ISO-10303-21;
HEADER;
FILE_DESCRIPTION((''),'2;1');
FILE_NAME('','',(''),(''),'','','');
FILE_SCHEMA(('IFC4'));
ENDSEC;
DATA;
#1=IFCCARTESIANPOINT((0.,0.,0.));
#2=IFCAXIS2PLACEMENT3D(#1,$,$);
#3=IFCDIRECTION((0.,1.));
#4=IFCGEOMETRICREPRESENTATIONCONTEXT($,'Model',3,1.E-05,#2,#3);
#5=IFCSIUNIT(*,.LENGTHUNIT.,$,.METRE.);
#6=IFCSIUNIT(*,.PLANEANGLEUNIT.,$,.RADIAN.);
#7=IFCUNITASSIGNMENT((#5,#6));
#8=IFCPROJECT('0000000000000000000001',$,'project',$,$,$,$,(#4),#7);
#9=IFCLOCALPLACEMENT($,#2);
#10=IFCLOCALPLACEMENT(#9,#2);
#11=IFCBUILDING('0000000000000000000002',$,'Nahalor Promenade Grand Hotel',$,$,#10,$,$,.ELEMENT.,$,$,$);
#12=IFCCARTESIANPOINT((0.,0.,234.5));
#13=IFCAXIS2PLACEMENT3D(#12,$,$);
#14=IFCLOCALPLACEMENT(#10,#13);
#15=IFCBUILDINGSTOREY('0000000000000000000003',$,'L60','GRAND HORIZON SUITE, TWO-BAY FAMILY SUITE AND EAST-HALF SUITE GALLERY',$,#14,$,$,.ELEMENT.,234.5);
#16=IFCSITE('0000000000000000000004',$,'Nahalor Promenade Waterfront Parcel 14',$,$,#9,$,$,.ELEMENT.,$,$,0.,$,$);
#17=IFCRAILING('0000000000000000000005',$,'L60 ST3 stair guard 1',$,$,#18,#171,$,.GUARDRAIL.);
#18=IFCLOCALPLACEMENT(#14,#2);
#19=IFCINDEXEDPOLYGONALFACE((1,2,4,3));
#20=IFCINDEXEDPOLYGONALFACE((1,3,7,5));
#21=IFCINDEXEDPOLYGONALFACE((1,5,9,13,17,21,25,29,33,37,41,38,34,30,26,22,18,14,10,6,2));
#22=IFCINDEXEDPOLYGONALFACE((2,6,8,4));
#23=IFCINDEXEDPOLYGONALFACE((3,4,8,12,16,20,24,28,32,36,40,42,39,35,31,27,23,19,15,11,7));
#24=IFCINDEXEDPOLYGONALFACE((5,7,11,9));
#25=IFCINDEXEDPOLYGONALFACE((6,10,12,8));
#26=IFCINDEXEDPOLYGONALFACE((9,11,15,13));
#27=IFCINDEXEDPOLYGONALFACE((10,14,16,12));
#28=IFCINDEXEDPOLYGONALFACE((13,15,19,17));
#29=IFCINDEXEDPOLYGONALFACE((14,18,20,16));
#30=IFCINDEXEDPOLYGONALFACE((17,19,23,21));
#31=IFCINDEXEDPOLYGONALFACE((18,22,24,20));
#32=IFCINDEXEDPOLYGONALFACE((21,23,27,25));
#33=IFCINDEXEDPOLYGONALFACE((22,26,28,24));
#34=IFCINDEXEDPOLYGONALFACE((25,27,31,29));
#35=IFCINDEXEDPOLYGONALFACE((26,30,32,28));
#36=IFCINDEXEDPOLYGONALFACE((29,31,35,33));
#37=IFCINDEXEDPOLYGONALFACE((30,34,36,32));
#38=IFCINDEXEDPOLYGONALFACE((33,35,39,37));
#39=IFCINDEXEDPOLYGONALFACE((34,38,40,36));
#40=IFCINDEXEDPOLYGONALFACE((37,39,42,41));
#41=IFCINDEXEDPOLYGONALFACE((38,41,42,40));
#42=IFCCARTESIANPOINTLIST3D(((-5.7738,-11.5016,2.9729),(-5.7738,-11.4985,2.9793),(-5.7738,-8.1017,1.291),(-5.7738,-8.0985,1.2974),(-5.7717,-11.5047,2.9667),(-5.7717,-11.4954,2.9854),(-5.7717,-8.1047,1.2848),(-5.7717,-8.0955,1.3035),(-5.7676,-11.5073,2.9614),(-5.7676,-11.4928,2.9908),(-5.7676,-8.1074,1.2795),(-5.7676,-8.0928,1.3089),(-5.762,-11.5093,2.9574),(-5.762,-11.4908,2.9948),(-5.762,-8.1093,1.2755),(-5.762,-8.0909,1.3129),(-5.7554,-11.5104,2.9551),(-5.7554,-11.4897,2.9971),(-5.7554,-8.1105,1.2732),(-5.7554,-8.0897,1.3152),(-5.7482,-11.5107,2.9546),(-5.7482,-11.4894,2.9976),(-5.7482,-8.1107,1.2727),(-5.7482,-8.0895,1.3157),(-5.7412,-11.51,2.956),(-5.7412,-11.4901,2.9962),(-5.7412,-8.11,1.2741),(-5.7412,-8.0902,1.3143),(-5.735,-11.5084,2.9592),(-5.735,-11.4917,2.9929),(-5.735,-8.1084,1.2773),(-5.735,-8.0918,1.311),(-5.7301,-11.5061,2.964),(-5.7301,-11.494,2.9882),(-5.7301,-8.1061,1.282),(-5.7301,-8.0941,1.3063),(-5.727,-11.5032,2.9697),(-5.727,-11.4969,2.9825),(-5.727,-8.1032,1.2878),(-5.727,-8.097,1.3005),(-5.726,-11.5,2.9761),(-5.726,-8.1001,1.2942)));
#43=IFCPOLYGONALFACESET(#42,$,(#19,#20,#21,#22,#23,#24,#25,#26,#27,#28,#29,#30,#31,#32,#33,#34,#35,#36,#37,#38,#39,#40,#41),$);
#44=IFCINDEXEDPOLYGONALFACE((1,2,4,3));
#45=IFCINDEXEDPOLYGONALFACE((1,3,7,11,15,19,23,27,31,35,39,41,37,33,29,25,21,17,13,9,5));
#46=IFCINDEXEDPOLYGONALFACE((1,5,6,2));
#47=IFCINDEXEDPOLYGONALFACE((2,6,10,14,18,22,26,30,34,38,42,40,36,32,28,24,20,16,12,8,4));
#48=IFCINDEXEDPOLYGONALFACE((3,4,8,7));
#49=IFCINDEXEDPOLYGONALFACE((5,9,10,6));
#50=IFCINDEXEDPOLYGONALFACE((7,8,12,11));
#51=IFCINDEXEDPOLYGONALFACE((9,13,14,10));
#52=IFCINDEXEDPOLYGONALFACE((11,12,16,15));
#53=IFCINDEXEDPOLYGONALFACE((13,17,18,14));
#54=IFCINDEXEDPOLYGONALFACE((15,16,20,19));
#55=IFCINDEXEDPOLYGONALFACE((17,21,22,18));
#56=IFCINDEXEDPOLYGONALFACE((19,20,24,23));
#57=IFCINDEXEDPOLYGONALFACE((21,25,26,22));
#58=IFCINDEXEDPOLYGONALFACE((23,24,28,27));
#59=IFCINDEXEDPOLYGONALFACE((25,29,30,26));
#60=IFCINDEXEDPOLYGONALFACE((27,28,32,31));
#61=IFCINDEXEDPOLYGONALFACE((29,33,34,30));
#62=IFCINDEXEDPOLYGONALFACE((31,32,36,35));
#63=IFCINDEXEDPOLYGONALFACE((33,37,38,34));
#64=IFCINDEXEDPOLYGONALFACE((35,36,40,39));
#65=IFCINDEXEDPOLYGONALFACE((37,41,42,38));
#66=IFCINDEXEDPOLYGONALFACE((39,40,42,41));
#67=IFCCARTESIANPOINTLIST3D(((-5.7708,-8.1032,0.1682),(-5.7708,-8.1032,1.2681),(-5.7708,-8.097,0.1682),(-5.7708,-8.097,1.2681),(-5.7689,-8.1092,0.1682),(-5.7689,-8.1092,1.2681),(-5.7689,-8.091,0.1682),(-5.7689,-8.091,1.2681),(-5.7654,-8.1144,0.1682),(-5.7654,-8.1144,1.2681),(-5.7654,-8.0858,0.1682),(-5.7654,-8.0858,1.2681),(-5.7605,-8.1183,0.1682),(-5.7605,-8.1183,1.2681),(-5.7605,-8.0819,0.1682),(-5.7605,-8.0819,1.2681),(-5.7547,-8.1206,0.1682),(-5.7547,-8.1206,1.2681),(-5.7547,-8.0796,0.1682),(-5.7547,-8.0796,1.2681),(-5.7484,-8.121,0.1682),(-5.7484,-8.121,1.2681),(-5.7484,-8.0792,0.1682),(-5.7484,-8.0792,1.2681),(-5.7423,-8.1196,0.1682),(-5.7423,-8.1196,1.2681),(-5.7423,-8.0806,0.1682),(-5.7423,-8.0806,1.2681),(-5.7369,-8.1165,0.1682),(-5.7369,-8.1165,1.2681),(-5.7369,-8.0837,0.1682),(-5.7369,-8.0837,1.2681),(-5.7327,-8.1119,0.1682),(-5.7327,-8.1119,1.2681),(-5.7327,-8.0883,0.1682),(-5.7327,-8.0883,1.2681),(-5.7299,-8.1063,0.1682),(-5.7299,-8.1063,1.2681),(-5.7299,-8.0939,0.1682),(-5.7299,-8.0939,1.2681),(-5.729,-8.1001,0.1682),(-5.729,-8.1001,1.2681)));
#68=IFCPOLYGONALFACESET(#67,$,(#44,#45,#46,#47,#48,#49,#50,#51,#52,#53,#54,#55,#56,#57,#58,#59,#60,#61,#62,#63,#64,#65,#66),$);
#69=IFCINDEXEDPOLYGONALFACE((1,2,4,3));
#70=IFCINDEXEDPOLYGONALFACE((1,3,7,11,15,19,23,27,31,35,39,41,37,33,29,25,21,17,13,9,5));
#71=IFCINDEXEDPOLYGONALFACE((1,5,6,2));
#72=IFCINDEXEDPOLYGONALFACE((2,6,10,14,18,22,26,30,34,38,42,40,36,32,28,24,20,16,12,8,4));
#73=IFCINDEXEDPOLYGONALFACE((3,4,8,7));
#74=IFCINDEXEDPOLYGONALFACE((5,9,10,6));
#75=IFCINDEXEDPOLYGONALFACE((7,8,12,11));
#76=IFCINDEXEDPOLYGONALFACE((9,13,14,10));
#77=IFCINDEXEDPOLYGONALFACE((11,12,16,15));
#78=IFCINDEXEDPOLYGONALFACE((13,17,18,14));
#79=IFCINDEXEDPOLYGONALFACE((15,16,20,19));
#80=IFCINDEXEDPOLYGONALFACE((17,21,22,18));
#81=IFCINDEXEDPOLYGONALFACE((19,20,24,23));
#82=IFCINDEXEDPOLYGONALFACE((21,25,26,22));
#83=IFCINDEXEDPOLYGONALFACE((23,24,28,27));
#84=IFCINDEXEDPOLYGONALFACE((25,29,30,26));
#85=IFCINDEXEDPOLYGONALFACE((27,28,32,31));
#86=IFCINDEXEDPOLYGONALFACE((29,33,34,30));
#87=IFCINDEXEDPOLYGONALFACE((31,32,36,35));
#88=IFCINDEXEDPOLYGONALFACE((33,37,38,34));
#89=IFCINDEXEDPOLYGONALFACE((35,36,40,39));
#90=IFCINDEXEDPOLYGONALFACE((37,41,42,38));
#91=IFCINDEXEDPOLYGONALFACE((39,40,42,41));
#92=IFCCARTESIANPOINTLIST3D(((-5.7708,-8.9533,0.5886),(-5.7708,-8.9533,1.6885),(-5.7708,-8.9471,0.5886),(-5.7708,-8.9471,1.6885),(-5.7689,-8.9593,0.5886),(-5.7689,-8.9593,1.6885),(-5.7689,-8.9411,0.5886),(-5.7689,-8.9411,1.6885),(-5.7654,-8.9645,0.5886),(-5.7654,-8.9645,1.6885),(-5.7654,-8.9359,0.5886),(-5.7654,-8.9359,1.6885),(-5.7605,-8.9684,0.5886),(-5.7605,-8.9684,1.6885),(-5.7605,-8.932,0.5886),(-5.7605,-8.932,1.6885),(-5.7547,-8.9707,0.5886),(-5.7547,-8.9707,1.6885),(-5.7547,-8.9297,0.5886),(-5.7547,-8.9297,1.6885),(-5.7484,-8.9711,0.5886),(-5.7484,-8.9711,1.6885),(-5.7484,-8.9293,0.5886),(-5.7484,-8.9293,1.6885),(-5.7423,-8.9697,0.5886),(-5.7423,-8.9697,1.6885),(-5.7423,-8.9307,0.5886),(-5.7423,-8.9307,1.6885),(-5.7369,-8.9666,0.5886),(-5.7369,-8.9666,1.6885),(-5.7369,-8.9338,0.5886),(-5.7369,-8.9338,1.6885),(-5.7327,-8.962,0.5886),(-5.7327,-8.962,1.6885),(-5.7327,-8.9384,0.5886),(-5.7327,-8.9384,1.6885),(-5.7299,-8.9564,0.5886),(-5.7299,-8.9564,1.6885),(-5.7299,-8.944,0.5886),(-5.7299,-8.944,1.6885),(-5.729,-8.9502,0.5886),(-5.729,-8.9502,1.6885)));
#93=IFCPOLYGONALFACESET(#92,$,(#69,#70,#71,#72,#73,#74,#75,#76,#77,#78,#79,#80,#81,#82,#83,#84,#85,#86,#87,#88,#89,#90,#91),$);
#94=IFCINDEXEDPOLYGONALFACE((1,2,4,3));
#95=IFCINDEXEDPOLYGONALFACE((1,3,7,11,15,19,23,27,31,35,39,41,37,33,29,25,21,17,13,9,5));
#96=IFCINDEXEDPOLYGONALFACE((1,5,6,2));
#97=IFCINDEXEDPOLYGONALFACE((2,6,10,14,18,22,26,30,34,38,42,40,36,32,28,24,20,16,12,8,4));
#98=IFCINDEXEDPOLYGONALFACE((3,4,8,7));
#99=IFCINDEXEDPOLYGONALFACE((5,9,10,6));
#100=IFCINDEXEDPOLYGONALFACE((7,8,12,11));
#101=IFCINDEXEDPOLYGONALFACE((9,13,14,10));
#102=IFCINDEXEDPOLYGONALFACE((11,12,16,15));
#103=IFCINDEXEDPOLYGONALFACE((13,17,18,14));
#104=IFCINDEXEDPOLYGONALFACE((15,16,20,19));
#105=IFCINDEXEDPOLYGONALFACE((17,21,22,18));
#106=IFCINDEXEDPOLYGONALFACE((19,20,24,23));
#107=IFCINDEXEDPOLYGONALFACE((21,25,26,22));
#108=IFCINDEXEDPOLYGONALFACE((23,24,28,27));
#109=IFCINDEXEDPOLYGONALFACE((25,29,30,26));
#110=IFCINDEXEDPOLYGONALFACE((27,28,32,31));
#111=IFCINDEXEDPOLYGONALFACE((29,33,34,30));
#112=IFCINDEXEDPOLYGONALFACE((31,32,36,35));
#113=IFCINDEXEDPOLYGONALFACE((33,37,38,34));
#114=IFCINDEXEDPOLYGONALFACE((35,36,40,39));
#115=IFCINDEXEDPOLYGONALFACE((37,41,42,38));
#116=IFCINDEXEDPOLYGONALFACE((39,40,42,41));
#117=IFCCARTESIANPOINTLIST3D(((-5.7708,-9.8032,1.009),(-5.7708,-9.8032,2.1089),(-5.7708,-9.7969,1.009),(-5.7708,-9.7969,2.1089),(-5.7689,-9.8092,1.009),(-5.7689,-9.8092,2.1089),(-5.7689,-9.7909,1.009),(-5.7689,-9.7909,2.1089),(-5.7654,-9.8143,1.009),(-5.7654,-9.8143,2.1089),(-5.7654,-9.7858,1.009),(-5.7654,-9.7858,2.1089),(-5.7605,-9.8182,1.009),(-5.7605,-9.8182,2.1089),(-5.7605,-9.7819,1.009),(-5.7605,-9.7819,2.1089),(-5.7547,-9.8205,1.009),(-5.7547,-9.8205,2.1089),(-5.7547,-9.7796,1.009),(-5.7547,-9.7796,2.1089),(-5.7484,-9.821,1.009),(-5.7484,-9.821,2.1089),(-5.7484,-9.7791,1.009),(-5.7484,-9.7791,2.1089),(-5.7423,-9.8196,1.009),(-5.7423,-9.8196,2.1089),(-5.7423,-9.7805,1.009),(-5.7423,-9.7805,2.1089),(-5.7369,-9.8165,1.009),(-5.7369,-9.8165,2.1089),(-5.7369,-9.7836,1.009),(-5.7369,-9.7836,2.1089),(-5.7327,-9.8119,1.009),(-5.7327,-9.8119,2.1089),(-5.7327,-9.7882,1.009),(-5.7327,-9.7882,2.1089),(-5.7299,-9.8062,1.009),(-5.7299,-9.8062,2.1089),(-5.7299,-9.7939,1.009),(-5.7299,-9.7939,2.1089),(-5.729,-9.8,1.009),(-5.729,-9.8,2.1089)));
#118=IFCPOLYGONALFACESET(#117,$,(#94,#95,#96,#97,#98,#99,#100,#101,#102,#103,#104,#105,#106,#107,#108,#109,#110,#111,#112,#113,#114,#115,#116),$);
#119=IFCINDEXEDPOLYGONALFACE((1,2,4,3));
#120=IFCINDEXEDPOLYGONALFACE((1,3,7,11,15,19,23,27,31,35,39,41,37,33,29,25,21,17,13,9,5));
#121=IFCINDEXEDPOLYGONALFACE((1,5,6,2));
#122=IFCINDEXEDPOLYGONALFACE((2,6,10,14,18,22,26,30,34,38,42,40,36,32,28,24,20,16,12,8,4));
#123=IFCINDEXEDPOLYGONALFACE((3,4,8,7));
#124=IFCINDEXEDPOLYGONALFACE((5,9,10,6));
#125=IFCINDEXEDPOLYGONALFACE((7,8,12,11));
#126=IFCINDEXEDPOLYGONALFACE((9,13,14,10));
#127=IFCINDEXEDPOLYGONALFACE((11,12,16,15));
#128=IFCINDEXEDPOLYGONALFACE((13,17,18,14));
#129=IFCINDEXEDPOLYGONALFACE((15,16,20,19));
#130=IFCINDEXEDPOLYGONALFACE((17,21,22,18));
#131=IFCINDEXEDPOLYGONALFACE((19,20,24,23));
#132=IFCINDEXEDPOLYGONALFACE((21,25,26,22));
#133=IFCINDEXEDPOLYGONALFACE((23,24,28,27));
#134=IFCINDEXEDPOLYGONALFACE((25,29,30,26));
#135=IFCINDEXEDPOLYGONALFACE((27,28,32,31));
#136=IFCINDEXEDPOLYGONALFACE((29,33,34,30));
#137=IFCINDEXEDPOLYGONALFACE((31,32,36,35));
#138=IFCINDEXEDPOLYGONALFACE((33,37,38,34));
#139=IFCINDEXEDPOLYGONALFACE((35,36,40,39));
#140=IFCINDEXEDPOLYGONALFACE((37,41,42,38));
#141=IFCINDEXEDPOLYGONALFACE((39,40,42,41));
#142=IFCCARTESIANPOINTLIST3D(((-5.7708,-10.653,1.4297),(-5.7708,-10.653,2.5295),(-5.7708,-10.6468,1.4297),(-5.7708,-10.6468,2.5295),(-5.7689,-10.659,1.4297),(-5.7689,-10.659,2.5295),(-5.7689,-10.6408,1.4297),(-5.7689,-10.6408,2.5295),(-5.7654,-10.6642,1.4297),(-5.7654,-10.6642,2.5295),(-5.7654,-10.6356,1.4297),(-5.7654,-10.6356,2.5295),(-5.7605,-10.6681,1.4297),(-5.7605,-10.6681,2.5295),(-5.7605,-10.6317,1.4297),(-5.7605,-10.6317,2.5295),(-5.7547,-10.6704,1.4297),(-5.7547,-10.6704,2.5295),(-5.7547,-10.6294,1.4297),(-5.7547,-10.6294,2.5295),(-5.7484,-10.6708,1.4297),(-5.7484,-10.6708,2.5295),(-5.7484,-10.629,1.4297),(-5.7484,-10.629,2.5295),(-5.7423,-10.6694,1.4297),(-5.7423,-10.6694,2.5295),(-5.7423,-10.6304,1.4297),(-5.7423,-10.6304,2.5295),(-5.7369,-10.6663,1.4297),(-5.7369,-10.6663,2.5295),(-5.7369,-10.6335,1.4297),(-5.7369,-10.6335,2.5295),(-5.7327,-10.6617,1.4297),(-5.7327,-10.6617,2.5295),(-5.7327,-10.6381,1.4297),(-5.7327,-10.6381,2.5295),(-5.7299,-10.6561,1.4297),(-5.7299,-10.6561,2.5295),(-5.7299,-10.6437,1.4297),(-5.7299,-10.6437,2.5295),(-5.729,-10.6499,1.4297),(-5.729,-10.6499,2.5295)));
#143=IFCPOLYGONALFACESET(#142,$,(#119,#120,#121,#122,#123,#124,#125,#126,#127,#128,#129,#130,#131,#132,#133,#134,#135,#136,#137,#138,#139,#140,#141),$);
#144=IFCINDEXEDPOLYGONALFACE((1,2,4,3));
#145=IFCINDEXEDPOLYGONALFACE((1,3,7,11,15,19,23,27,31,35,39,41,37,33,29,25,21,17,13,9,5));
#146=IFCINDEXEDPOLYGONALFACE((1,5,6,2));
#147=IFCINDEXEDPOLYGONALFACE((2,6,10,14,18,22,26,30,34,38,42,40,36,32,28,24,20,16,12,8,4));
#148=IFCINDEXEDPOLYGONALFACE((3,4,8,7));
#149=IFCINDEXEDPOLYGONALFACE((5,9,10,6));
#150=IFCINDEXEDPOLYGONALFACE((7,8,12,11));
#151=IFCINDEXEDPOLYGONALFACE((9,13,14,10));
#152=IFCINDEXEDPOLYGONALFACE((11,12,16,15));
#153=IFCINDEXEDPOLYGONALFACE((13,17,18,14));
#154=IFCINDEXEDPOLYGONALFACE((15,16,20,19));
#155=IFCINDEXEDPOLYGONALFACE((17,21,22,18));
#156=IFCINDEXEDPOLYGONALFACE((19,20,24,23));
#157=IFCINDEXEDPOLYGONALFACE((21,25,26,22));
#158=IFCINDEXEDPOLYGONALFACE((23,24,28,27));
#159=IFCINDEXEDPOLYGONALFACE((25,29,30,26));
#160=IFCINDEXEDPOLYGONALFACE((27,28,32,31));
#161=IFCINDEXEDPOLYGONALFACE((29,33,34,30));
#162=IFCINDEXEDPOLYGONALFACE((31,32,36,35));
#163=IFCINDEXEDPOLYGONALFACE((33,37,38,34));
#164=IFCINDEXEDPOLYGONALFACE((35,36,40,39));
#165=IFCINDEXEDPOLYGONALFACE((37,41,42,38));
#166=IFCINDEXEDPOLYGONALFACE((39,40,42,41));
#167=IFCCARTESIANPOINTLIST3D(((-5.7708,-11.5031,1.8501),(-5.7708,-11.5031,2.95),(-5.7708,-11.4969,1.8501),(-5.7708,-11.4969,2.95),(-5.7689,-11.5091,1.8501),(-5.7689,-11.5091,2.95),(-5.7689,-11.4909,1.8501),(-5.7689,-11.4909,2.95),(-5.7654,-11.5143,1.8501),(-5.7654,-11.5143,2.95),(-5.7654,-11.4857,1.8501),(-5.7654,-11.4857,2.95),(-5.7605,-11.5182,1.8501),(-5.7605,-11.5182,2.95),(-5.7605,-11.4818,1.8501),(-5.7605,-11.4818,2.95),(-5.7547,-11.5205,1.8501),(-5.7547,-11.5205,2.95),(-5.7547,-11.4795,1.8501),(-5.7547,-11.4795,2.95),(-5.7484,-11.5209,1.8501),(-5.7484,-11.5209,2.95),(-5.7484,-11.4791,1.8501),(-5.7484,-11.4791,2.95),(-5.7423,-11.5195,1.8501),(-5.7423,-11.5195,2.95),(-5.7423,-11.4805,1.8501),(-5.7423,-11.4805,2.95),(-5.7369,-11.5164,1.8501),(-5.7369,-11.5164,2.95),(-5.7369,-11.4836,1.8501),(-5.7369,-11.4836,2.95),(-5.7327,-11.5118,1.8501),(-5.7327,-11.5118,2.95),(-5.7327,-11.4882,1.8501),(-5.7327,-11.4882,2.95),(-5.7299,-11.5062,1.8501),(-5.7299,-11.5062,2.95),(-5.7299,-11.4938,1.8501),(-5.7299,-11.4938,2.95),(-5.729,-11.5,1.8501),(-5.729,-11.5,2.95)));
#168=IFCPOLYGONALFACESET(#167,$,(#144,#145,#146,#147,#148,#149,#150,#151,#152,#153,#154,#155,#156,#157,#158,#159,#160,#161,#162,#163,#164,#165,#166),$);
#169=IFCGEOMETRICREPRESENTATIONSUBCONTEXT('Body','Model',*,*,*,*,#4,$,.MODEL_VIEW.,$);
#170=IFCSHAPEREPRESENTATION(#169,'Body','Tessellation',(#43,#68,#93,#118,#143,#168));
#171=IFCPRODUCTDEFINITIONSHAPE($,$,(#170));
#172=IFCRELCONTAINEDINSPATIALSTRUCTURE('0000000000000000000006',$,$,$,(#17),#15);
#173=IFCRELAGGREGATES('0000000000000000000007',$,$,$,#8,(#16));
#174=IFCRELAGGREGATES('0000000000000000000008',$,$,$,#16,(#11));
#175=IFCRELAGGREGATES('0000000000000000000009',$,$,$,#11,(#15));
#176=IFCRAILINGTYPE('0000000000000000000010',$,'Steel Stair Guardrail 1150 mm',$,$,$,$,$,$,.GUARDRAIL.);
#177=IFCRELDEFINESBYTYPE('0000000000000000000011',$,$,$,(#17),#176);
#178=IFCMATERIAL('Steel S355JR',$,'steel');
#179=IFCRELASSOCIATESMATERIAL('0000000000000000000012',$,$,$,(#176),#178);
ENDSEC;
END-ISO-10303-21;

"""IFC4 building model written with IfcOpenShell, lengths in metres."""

from ifc_helpers import new_model, si_unit, direction, frame, origin, origin_2d, place, context, subcontext, project, spatial, circle, extrude, material, type_object, element, save


model = new_model("IFC4")

# Units and contexts
model_context = context("Model", 3, precision=1e-05, world=origin(), true_north=direction((0.0, 1.0)))
body_context = subcontext(model_context, "Body", "Model", "MODEL_VIEW")
ifc_project = project(units=[si_unit("LENGTHUNIT", "METRE"), si_unit("PLANEANGLEUNIT", "RADIAN")], contexts=[model_context])

# Site, building, storey
site_placement = place(None, origin())
site = spatial("IfcSite", under=ifc_project, at=site_placement, Name="Nahalor Promenade Waterfront Parcel 14", CompositionType="ELEMENT", RefElevation=0.0)
building_placement = place(site_placement, origin())
building = spatial("IfcBuilding", under=site, at=building_placement, Name="Nahalor Promenade Grand Hotel", CompositionType="ELEMENT")
storey_placement = place(building_placement, frame((0.0, 0.0, 234.5)))
storey = spatial("IfcBuildingStorey", under=building, at=storey_placement, Name="L60", Description="GRAND HORIZON SUITE, TWO-BAY FAMILY SUITE AND EAST-HALF SUITE GALLERY", CompositionType="ELEMENT", Elevation=234.5)

# Shared definitions
ifc_material_1 = material(Name="Steel S355JR", Category="steel")

# Railing
railing_type_1 = type_object("IfcRailingType", Name="Steel Stair Guardrail 1150 mm", PredefinedType="GUARDRAIL", material=ifc_material_1)
railing_1_placement = place(storey_placement, frame((-5.75, -8.1001, 0.1682)))
element("IfcRailing", 1, at=railing_1_placement, inside=storey, type_object=railing_type_1, Name="L60 ST3 stair guard 1", PredefinedType="GUARDRAIL", context=body_context, shape_type="SweptSolid", body=[
    extrude(circle(Radius=0.024, at=origin_2d()), frame((0.0, 0.0, 1.126), z_axis=(0.0, -0.896324, 0.443399), x_axis=(1.0, 0.0, 0.0)), (0.0, 0.0, 1.0), 3.7932),
    extrude(circle(Radius=0.021, at=origin_2d()), origin(), (0.0, 0.0, 1.0), 1.0999),
    extrude(circle(Radius=0.021, at=origin_2d()), frame((0.0, -0.8501, 0.4204)), (0.0, 0.0, 1.0), 1.0999),
    extrude(circle(Radius=0.021, at=origin_2d()), frame((0.0, -1.7, 0.8408)), (0.0, 0.0, 1.0), 1.0999),
    extrude(circle(Radius=0.021, at=origin_2d()), frame((0.0, -2.5498, 1.2615)), (0.0, 0.0, 1.0), 1.0999),
    extrude(circle(Radius=0.021, at=origin_2d()), frame((0.0, -3.3999, 1.6819)), (0.0, 0.0, 1.0), 1.0999),
])

save(model, "model.ifc")
